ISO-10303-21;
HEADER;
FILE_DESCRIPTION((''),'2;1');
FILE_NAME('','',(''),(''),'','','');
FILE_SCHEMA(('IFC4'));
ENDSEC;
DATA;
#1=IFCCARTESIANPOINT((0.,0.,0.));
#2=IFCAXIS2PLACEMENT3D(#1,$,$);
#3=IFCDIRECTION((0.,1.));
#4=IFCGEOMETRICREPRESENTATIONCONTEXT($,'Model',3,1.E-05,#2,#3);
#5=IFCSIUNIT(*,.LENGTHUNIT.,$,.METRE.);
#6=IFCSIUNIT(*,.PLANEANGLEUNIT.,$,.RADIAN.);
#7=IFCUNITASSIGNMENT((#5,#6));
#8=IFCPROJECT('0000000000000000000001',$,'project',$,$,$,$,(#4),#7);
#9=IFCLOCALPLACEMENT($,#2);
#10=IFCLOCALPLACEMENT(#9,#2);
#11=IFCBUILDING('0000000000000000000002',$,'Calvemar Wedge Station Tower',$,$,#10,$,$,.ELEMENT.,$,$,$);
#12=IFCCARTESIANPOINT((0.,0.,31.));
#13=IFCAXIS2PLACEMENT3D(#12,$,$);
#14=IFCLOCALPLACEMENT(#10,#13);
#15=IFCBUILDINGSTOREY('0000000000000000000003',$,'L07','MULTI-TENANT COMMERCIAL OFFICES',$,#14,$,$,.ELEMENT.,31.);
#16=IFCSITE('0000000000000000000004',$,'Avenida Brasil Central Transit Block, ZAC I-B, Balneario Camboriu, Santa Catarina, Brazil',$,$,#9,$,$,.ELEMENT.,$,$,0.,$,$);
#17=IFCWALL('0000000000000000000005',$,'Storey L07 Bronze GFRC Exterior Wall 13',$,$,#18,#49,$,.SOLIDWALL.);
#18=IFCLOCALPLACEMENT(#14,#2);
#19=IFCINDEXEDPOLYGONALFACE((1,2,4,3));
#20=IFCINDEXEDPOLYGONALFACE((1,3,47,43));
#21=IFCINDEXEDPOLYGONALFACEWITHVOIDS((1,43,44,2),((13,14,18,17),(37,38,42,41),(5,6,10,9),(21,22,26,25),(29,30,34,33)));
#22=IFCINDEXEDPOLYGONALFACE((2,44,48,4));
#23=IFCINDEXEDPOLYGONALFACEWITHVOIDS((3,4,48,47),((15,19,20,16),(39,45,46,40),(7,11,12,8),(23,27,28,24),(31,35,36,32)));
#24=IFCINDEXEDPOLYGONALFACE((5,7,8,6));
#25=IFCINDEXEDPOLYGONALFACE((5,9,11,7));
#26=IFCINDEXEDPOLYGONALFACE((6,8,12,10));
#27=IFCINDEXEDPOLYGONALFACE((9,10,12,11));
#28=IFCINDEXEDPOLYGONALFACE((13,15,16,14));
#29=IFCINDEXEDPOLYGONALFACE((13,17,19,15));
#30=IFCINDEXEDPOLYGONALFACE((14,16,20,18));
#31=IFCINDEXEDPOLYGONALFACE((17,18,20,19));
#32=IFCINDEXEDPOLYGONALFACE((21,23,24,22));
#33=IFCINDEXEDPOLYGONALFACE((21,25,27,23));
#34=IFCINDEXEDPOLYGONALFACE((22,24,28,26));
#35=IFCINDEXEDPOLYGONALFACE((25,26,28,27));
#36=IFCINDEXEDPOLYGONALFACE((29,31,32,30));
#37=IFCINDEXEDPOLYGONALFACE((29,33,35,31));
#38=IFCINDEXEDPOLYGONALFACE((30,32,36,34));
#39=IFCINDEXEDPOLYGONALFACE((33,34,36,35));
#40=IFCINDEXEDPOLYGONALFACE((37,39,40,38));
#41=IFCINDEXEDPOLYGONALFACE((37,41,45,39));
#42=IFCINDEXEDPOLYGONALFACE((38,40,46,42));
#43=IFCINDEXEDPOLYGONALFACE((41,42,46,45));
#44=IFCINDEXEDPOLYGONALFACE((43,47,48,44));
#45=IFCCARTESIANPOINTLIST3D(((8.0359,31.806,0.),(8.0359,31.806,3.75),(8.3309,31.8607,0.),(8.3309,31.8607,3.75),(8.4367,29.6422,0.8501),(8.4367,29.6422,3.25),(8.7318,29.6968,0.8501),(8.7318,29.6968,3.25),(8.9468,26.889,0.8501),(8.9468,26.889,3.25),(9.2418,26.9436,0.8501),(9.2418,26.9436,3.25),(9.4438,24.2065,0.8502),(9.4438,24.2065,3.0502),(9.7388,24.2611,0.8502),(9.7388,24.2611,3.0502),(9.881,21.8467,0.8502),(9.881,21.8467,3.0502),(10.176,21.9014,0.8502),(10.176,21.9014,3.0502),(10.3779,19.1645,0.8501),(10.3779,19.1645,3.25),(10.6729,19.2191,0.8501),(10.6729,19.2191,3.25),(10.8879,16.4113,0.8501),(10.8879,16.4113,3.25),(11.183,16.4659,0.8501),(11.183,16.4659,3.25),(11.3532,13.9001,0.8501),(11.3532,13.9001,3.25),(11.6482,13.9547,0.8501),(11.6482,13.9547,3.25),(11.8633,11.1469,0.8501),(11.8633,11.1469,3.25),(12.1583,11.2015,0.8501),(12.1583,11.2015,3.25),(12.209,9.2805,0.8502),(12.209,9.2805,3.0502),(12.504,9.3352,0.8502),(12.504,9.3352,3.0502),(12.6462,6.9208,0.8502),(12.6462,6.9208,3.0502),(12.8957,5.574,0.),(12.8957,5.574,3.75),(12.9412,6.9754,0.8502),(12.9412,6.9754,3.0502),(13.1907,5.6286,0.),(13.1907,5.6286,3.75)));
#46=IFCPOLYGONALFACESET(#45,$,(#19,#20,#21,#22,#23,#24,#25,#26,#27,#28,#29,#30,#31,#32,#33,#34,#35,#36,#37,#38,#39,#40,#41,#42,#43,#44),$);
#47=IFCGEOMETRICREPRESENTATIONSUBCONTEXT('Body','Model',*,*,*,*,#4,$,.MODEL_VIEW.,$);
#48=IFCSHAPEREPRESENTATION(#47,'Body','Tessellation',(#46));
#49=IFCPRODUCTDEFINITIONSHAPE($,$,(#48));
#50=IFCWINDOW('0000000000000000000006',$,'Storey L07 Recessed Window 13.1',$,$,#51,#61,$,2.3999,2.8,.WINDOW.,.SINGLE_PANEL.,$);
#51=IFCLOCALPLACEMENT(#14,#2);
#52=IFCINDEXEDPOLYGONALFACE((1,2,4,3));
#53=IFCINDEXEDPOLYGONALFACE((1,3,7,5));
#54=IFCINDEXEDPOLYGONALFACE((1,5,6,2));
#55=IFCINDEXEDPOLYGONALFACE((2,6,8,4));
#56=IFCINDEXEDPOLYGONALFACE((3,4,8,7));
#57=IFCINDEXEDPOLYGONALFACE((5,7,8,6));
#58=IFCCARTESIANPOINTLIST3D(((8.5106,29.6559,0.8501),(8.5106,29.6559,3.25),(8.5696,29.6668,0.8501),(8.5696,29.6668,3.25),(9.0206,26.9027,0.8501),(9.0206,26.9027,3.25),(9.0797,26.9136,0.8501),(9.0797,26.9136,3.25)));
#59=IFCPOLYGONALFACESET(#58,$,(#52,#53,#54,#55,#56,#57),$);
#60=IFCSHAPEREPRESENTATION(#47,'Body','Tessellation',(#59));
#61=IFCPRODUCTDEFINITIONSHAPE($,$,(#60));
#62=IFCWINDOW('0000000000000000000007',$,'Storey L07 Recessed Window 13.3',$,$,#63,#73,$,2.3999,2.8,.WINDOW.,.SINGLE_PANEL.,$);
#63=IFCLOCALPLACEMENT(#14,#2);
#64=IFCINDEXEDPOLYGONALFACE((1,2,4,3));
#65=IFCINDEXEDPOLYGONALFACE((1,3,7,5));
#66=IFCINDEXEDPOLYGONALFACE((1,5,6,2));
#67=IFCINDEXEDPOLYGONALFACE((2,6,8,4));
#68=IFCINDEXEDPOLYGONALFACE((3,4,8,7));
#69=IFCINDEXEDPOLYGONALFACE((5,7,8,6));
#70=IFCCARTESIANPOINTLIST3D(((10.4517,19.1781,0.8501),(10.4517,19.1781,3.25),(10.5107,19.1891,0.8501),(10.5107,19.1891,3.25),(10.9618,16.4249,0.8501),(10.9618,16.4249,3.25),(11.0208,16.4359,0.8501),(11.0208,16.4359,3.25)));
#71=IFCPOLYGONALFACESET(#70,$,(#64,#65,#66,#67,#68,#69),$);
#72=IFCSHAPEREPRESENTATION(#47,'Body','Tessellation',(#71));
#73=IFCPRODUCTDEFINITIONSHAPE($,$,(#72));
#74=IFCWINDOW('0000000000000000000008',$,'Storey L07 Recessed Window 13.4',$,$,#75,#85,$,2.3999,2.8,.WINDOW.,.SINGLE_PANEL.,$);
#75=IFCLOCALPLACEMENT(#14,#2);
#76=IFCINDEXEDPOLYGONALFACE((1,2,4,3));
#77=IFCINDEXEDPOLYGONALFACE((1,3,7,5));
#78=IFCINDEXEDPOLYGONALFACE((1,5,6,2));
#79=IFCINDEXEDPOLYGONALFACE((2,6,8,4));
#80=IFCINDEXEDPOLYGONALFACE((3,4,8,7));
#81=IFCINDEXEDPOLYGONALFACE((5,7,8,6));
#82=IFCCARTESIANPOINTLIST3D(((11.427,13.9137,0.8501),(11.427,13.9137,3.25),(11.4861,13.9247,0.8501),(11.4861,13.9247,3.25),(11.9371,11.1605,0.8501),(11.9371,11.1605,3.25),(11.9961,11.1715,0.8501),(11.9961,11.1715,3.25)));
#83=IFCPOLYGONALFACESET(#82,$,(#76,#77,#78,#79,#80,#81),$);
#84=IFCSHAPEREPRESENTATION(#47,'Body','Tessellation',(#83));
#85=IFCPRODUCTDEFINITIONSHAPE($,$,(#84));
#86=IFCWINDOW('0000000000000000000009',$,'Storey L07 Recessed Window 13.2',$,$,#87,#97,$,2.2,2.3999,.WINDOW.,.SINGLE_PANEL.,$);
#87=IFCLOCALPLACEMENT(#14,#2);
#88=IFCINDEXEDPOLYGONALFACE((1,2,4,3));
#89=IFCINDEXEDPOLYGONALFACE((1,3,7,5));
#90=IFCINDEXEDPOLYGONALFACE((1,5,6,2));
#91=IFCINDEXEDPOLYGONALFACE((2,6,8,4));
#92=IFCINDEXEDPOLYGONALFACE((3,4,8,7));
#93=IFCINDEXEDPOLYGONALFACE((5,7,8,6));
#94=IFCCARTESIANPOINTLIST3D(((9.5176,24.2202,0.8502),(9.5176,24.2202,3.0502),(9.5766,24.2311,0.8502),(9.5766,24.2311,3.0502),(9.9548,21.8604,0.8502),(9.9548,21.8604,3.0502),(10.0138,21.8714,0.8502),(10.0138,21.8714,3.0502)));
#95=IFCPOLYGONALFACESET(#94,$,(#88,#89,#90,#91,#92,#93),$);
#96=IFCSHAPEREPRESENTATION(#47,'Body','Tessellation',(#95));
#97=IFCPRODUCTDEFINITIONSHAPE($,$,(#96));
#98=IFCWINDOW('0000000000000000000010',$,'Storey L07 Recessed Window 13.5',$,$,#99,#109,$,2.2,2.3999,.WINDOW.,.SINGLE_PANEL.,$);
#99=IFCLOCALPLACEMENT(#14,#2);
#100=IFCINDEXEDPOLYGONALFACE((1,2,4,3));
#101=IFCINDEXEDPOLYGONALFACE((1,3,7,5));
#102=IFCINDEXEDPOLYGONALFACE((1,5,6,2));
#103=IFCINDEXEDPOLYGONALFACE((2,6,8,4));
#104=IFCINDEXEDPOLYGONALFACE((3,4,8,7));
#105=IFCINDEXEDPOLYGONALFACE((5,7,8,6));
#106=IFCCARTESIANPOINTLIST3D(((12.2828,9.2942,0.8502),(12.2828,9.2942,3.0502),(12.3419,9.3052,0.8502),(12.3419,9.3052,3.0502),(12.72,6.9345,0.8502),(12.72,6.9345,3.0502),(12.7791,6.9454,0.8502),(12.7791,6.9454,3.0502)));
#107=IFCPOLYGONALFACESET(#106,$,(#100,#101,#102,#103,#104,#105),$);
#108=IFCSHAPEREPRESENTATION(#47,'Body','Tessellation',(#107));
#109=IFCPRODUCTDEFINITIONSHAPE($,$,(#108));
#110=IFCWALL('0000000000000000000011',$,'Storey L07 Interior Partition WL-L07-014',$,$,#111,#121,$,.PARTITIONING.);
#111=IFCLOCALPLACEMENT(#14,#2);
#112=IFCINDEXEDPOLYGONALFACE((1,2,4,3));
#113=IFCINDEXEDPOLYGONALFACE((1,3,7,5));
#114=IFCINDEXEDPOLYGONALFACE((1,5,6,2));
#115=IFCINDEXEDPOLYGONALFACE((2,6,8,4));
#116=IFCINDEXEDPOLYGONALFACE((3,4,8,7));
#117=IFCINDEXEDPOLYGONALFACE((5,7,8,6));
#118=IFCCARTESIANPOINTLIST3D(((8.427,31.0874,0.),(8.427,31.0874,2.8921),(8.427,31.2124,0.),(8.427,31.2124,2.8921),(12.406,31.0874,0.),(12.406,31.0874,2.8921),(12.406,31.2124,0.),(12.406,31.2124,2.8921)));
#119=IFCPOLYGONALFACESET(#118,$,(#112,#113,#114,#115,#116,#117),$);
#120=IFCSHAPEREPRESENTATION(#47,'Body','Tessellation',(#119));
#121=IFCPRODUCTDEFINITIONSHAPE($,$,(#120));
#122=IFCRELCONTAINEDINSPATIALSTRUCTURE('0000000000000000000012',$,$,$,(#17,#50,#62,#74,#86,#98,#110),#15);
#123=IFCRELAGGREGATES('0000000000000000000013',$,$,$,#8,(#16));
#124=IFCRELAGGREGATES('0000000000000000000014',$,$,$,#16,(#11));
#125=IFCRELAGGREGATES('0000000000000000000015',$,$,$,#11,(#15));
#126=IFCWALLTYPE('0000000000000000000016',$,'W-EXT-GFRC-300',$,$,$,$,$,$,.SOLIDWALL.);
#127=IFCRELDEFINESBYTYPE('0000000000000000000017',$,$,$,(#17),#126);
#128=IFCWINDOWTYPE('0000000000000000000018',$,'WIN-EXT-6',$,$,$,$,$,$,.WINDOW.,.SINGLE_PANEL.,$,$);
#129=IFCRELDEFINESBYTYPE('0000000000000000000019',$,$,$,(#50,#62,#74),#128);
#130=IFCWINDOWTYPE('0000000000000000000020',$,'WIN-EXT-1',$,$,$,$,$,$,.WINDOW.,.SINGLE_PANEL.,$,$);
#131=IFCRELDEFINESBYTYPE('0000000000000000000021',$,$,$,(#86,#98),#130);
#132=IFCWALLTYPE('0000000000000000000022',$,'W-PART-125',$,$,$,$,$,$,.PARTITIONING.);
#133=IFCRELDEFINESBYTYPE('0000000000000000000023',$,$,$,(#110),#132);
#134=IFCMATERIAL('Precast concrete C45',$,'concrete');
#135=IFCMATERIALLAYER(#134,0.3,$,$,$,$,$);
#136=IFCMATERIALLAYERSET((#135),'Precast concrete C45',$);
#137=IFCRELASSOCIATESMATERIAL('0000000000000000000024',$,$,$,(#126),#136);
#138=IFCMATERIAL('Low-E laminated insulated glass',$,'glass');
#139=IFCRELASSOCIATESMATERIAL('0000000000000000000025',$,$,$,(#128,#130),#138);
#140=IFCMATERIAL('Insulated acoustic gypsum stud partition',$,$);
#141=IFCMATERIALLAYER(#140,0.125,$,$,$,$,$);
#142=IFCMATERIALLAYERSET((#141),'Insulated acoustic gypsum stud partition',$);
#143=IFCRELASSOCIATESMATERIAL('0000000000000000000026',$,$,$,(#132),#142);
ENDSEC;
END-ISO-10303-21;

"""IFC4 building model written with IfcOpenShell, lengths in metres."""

from ifc_helpers import new_model, si_unit, direction, frame, frame_2d, origin, place, context, subcontext, project, spatial, rectangle, extrude, source, transform, mapped, material, layer, layer_set, type_object, element, fill, save


model = new_model("IFC4")

# Units and contexts
model_context = context("Model", 3, precision=1e-05, world=origin(), true_north=direction((0.0, 1.0)))
body_context = subcontext(model_context, "Body", "Model", "MODEL_VIEW")
ifc_project = project(units=[si_unit("LENGTHUNIT", "METRE"), si_unit("PLANEANGLEUNIT", "RADIAN")], contexts=[model_context])

# Site, building, storey
site_placement = place(None, origin())
site = spatial("IfcSite", under=ifc_project, at=site_placement, Name="Avenida Brasil Central Transit Block, ZAC I-B, Balneario Camboriu, Santa Catarina, Brazil", CompositionType="ELEMENT", RefElevation=0.0)
building_placement = place(site_placement, origin())
building = spatial("IfcBuilding", under=site, at=building_placement, Name="Calvemar Wedge Station Tower", CompositionType="ELEMENT")
storey_placement = place(building_placement, frame((0.0, 0.0, 31.0)))
storey = spatial("IfcBuildingStorey", under=building, at=storey_placement, Name="L07", Description="MULTI-TENANT COMMERCIAL OFFICES", CompositionType="ELEMENT", Elevation=31.0)

# Wall, openings, windows
ifc_material_1 = material(Name="Precast concrete C45", Category="concrete")
ifc_layer_1 = layer(ifc_material_1, 0.3)
ifc_layer_set_1 = layer_set([ifc_layer_1], Name="Precast concrete C45")
wall_type_1 = type_object("IfcWallType", Name="W-EXT-GFRC-300", PredefinedType="SOLIDWALL", material=ifc_layer_set_1)
wall_1_placement = place(storey_placement, frame((8.1833, 31.8335, 0.0), z_axis=(0.0, 0.0, 1.0), x_axis=(0.182164, -0.983268, 0.0)))
wall_1 = element("IfcWall", 1, at=wall_1_placement, inside=storey, type_object=wall_type_1, Name="Storey L07 Bronze GFRC Exterior Wall 13", PredefinedType="SOLIDWALL", context=body_context, shape_type="SweptSolid", body=[
    extrude(rectangle(XDim=26.6785, YDim=0.3, at=frame_2d((13.3394, 0.0))), origin(), (0.0, 0.0, 1.0), 3.75),
])
shared_shape_1 = source(origin(), body_context, "Body", "SweptSolid", [
    extrude(rectangle(XDim=2.8, YDim=2.3999, at=frame_2d((1.3999, 1.2))), frame((0.0, 0.1602, 0.0), z_axis=(0.0, -1.0, 0.0), x_axis=(1.0, 0.0, 0.0)), (0.0, 0.0, 1.0), 0.3201),
])
opening_1_placement = place(wall_1_placement, frame((2.2009, 0.0, 0.8501)))
opening_1 = element("IfcOpeningElement", 2, at=opening_1_placement, cuts=wall_1, PredefinedType="OPENING", context=body_context, shape_type="MappedRepresentation", body=[
    mapped(shared_shape_1, transform((0.0, 0.0, 0.0), scale=1.0)),
])
shared_shape_2 = source(origin(), body_context, "Body", "SweptSolid", [
    extrude(rectangle(XDim=2.3999, YDim=2.2, at=frame_2d((1.2, 1.1001))), frame((0.0, 0.1602, 0.0), z_axis=(0.0, -1.0, 0.0), x_axis=(1.0, 0.0, 0.0)), (0.0, 0.0, 1.0), 0.3201),
])
opening_2_placement = place(wall_1_placement, frame((7.729, 0.0, 0.8501)))
opening_2 = element("IfcOpeningElement", 3, at=opening_2_placement, cuts=wall_1, PredefinedType="OPENING", context=body_context, shape_type="MappedRepresentation", body=[
    mapped(shared_shape_2, transform((0.0, 0.0, 0.0), scale=1.0)),
])
opening_3_placement = place(wall_1_placement, frame((12.8569, 0.0, 0.8501)))
opening_3 = element("IfcOpeningElement", 4, at=opening_3_placement, cuts=wall_1, PredefinedType="OPENING", context=body_context, shape_type="MappedRepresentation", body=[
    mapped(shared_shape_1, transform((0.0, 0.0, 0.0), scale=1.0)),
])
opening_4_placement = place(wall_1_placement, frame((18.2109, 0.0, 0.8501)))
opening_4 = element("IfcOpeningElement", 5, at=opening_4_placement, cuts=wall_1, PredefinedType="OPENING", context=body_context, shape_type="MappedRepresentation", body=[
    mapped(shared_shape_1, transform((0.0, 0.0, 0.0), scale=1.0)),
])
opening_5_placement = place(wall_1_placement, frame((22.9089, 0.0, 0.8501)))
opening_5 = element("IfcOpeningElement", 6, at=opening_5_placement, cuts=wall_1, PredefinedType="OPENING", context=body_context, shape_type="MappedRepresentation", body=[
    mapped(shared_shape_2, transform((0.0, 0.0, 0.0), scale=1.0)),
])
ifc_material_2 = material(Name="Low-E laminated insulated glass", Category="glass")
window_type_1 = type_object("IfcWindowType", Name="WIN-EXT-6", PartitioningType="SINGLE_PANEL", PredefinedType="WINDOW", material=ifc_material_2)
shared_shape_3 = source(origin(), body_context, "Body", "SweptSolid", [
    extrude(rectangle(XDim=2.8, YDim=2.3999, at=frame_2d((1.3999, 1.2))), frame((0.0, -0.0149, 0.0), z_axis=(0.0, -1.0, 0.0), x_axis=(1.0, 0.0, 0.0)), (0.0, 0.0, 1.0), 0.0601),
])
window_1_placement = place(opening_1_placement, origin())
window_1 = element("IfcWindow", 7, at=window_1_placement, inside=storey, type_object=window_type_1, Name="Storey L07 Recessed Window 13.1", OverallHeight=2.3999, OverallWidth=2.8, PartitioningType="SINGLE_PANEL", PredefinedType="WINDOW", context=body_context, shape_type="MappedRepresentation", body=[
    mapped(shared_shape_3, transform((0.0, 0.0, 0.0), scale=1.0)),
])
fill(opening_1, window_1)
window_2_placement = place(opening_3_placement, origin())
window_2 = element("IfcWindow", 8, at=window_2_placement, inside=storey, type_object=window_type_1, Name="Storey L07 Recessed Window 13.3", OverallHeight=2.3999, OverallWidth=2.8, PartitioningType="SINGLE_PANEL", PredefinedType="WINDOW", context=body_context, shape_type="MappedRepresentation", body=[
    mapped(shared_shape_3, transform((0.0, 0.0, 0.0), scale=1.0)),
])
fill(opening_3, window_2)
window_3_placement = place(opening_4_placement, origin())
window_3 = element("IfcWindow", 9, at=window_3_placement, inside=storey, type_object=window_type_1, Name="Storey L07 Recessed Window 13.4", OverallHeight=2.3999, OverallWidth=2.8, PartitioningType="SINGLE_PANEL", PredefinedType="WINDOW", context=body_context, shape_type="MappedRepresentation", body=[
    mapped(shared_shape_3, transform((0.0, 0.0, 0.0), scale=1.0)),
])
fill(opening_4, window_3)
window_type_2 = type_object("IfcWindowType", Name="WIN-EXT-1", PartitioningType="SINGLE_PANEL", PredefinedType="WINDOW", material=ifc_material_2)
shared_shape_4 = source(origin(), body_context, "Body", "SweptSolid", [
    extrude(rectangle(XDim=2.3999, YDim=2.2, at=frame_2d((1.2, 1.1001))), frame((0.0, -0.0149, 0.0), z_axis=(0.0, -1.0, 0.0), x_axis=(1.0, 0.0, 0.0)), (0.0, 0.0, 1.0), 0.0601),
])
window_4_placement = place(opening_2_placement, origin())
window_4 = element("IfcWindow", 10, at=window_4_placement, inside=storey, type_object=window_type_2, Name="Storey L07 Recessed Window 13.2", OverallHeight=2.2, OverallWidth=2.3999, PartitioningType="SINGLE_PANEL", PredefinedType="WINDOW", context=body_context, shape_type="MappedRepresentation", body=[
    mapped(shared_shape_4, transform((0.0, 0.0, 0.0), scale=1.0)),
])
fill(opening_2, window_4)
window_5_placement = place(opening_5_placement, origin())
window_5 = element("IfcWindow", 11, at=window_5_placement, inside=storey, type_object=window_type_2, Name="Storey L07 Recessed Window 13.5", OverallHeight=2.2, OverallWidth=2.3999, PartitioningType="SINGLE_PANEL", PredefinedType="WINDOW", context=body_context, shape_type="MappedRepresentation", body=[
    mapped(shared_shape_4, transform((0.0, 0.0, 0.0), scale=1.0)),
])
fill(opening_5, window_5)

# Wall
ifc_material_3 = material(Name="Insulated acoustic gypsum stud partition")
ifc_layer_2 = layer(ifc_material_3, 0.125)
ifc_layer_set_2 = layer_set([ifc_layer_2], Name="Insulated acoustic gypsum stud partition")
wall_type_2 = type_object("IfcWallType", Name="W-PART-125", PredefinedType="PARTITIONING", material=ifc_layer_set_2)
wall_2_placement = place(storey_placement, frame((12.406, 31.1499, 0.0), z_axis=(0.0, 0.0, 1.0), x_axis=(-1.0, 0.0, 0.0)))
element("IfcWall", 12, at=wall_2_placement, inside=storey, type_object=wall_type_2, Name="Storey L07 Interior Partition WL-L07-014", PredefinedType="PARTITIONING", context=body_context, shape_type="SweptSolid", body=[
    extrude(rectangle(XDim=3.979, YDim=0.125, at=frame_2d((1.9895, 0.0))), origin(), (0.0, 0.0, 1.0), 2.8921),
])

save(model, "model.ifc")
